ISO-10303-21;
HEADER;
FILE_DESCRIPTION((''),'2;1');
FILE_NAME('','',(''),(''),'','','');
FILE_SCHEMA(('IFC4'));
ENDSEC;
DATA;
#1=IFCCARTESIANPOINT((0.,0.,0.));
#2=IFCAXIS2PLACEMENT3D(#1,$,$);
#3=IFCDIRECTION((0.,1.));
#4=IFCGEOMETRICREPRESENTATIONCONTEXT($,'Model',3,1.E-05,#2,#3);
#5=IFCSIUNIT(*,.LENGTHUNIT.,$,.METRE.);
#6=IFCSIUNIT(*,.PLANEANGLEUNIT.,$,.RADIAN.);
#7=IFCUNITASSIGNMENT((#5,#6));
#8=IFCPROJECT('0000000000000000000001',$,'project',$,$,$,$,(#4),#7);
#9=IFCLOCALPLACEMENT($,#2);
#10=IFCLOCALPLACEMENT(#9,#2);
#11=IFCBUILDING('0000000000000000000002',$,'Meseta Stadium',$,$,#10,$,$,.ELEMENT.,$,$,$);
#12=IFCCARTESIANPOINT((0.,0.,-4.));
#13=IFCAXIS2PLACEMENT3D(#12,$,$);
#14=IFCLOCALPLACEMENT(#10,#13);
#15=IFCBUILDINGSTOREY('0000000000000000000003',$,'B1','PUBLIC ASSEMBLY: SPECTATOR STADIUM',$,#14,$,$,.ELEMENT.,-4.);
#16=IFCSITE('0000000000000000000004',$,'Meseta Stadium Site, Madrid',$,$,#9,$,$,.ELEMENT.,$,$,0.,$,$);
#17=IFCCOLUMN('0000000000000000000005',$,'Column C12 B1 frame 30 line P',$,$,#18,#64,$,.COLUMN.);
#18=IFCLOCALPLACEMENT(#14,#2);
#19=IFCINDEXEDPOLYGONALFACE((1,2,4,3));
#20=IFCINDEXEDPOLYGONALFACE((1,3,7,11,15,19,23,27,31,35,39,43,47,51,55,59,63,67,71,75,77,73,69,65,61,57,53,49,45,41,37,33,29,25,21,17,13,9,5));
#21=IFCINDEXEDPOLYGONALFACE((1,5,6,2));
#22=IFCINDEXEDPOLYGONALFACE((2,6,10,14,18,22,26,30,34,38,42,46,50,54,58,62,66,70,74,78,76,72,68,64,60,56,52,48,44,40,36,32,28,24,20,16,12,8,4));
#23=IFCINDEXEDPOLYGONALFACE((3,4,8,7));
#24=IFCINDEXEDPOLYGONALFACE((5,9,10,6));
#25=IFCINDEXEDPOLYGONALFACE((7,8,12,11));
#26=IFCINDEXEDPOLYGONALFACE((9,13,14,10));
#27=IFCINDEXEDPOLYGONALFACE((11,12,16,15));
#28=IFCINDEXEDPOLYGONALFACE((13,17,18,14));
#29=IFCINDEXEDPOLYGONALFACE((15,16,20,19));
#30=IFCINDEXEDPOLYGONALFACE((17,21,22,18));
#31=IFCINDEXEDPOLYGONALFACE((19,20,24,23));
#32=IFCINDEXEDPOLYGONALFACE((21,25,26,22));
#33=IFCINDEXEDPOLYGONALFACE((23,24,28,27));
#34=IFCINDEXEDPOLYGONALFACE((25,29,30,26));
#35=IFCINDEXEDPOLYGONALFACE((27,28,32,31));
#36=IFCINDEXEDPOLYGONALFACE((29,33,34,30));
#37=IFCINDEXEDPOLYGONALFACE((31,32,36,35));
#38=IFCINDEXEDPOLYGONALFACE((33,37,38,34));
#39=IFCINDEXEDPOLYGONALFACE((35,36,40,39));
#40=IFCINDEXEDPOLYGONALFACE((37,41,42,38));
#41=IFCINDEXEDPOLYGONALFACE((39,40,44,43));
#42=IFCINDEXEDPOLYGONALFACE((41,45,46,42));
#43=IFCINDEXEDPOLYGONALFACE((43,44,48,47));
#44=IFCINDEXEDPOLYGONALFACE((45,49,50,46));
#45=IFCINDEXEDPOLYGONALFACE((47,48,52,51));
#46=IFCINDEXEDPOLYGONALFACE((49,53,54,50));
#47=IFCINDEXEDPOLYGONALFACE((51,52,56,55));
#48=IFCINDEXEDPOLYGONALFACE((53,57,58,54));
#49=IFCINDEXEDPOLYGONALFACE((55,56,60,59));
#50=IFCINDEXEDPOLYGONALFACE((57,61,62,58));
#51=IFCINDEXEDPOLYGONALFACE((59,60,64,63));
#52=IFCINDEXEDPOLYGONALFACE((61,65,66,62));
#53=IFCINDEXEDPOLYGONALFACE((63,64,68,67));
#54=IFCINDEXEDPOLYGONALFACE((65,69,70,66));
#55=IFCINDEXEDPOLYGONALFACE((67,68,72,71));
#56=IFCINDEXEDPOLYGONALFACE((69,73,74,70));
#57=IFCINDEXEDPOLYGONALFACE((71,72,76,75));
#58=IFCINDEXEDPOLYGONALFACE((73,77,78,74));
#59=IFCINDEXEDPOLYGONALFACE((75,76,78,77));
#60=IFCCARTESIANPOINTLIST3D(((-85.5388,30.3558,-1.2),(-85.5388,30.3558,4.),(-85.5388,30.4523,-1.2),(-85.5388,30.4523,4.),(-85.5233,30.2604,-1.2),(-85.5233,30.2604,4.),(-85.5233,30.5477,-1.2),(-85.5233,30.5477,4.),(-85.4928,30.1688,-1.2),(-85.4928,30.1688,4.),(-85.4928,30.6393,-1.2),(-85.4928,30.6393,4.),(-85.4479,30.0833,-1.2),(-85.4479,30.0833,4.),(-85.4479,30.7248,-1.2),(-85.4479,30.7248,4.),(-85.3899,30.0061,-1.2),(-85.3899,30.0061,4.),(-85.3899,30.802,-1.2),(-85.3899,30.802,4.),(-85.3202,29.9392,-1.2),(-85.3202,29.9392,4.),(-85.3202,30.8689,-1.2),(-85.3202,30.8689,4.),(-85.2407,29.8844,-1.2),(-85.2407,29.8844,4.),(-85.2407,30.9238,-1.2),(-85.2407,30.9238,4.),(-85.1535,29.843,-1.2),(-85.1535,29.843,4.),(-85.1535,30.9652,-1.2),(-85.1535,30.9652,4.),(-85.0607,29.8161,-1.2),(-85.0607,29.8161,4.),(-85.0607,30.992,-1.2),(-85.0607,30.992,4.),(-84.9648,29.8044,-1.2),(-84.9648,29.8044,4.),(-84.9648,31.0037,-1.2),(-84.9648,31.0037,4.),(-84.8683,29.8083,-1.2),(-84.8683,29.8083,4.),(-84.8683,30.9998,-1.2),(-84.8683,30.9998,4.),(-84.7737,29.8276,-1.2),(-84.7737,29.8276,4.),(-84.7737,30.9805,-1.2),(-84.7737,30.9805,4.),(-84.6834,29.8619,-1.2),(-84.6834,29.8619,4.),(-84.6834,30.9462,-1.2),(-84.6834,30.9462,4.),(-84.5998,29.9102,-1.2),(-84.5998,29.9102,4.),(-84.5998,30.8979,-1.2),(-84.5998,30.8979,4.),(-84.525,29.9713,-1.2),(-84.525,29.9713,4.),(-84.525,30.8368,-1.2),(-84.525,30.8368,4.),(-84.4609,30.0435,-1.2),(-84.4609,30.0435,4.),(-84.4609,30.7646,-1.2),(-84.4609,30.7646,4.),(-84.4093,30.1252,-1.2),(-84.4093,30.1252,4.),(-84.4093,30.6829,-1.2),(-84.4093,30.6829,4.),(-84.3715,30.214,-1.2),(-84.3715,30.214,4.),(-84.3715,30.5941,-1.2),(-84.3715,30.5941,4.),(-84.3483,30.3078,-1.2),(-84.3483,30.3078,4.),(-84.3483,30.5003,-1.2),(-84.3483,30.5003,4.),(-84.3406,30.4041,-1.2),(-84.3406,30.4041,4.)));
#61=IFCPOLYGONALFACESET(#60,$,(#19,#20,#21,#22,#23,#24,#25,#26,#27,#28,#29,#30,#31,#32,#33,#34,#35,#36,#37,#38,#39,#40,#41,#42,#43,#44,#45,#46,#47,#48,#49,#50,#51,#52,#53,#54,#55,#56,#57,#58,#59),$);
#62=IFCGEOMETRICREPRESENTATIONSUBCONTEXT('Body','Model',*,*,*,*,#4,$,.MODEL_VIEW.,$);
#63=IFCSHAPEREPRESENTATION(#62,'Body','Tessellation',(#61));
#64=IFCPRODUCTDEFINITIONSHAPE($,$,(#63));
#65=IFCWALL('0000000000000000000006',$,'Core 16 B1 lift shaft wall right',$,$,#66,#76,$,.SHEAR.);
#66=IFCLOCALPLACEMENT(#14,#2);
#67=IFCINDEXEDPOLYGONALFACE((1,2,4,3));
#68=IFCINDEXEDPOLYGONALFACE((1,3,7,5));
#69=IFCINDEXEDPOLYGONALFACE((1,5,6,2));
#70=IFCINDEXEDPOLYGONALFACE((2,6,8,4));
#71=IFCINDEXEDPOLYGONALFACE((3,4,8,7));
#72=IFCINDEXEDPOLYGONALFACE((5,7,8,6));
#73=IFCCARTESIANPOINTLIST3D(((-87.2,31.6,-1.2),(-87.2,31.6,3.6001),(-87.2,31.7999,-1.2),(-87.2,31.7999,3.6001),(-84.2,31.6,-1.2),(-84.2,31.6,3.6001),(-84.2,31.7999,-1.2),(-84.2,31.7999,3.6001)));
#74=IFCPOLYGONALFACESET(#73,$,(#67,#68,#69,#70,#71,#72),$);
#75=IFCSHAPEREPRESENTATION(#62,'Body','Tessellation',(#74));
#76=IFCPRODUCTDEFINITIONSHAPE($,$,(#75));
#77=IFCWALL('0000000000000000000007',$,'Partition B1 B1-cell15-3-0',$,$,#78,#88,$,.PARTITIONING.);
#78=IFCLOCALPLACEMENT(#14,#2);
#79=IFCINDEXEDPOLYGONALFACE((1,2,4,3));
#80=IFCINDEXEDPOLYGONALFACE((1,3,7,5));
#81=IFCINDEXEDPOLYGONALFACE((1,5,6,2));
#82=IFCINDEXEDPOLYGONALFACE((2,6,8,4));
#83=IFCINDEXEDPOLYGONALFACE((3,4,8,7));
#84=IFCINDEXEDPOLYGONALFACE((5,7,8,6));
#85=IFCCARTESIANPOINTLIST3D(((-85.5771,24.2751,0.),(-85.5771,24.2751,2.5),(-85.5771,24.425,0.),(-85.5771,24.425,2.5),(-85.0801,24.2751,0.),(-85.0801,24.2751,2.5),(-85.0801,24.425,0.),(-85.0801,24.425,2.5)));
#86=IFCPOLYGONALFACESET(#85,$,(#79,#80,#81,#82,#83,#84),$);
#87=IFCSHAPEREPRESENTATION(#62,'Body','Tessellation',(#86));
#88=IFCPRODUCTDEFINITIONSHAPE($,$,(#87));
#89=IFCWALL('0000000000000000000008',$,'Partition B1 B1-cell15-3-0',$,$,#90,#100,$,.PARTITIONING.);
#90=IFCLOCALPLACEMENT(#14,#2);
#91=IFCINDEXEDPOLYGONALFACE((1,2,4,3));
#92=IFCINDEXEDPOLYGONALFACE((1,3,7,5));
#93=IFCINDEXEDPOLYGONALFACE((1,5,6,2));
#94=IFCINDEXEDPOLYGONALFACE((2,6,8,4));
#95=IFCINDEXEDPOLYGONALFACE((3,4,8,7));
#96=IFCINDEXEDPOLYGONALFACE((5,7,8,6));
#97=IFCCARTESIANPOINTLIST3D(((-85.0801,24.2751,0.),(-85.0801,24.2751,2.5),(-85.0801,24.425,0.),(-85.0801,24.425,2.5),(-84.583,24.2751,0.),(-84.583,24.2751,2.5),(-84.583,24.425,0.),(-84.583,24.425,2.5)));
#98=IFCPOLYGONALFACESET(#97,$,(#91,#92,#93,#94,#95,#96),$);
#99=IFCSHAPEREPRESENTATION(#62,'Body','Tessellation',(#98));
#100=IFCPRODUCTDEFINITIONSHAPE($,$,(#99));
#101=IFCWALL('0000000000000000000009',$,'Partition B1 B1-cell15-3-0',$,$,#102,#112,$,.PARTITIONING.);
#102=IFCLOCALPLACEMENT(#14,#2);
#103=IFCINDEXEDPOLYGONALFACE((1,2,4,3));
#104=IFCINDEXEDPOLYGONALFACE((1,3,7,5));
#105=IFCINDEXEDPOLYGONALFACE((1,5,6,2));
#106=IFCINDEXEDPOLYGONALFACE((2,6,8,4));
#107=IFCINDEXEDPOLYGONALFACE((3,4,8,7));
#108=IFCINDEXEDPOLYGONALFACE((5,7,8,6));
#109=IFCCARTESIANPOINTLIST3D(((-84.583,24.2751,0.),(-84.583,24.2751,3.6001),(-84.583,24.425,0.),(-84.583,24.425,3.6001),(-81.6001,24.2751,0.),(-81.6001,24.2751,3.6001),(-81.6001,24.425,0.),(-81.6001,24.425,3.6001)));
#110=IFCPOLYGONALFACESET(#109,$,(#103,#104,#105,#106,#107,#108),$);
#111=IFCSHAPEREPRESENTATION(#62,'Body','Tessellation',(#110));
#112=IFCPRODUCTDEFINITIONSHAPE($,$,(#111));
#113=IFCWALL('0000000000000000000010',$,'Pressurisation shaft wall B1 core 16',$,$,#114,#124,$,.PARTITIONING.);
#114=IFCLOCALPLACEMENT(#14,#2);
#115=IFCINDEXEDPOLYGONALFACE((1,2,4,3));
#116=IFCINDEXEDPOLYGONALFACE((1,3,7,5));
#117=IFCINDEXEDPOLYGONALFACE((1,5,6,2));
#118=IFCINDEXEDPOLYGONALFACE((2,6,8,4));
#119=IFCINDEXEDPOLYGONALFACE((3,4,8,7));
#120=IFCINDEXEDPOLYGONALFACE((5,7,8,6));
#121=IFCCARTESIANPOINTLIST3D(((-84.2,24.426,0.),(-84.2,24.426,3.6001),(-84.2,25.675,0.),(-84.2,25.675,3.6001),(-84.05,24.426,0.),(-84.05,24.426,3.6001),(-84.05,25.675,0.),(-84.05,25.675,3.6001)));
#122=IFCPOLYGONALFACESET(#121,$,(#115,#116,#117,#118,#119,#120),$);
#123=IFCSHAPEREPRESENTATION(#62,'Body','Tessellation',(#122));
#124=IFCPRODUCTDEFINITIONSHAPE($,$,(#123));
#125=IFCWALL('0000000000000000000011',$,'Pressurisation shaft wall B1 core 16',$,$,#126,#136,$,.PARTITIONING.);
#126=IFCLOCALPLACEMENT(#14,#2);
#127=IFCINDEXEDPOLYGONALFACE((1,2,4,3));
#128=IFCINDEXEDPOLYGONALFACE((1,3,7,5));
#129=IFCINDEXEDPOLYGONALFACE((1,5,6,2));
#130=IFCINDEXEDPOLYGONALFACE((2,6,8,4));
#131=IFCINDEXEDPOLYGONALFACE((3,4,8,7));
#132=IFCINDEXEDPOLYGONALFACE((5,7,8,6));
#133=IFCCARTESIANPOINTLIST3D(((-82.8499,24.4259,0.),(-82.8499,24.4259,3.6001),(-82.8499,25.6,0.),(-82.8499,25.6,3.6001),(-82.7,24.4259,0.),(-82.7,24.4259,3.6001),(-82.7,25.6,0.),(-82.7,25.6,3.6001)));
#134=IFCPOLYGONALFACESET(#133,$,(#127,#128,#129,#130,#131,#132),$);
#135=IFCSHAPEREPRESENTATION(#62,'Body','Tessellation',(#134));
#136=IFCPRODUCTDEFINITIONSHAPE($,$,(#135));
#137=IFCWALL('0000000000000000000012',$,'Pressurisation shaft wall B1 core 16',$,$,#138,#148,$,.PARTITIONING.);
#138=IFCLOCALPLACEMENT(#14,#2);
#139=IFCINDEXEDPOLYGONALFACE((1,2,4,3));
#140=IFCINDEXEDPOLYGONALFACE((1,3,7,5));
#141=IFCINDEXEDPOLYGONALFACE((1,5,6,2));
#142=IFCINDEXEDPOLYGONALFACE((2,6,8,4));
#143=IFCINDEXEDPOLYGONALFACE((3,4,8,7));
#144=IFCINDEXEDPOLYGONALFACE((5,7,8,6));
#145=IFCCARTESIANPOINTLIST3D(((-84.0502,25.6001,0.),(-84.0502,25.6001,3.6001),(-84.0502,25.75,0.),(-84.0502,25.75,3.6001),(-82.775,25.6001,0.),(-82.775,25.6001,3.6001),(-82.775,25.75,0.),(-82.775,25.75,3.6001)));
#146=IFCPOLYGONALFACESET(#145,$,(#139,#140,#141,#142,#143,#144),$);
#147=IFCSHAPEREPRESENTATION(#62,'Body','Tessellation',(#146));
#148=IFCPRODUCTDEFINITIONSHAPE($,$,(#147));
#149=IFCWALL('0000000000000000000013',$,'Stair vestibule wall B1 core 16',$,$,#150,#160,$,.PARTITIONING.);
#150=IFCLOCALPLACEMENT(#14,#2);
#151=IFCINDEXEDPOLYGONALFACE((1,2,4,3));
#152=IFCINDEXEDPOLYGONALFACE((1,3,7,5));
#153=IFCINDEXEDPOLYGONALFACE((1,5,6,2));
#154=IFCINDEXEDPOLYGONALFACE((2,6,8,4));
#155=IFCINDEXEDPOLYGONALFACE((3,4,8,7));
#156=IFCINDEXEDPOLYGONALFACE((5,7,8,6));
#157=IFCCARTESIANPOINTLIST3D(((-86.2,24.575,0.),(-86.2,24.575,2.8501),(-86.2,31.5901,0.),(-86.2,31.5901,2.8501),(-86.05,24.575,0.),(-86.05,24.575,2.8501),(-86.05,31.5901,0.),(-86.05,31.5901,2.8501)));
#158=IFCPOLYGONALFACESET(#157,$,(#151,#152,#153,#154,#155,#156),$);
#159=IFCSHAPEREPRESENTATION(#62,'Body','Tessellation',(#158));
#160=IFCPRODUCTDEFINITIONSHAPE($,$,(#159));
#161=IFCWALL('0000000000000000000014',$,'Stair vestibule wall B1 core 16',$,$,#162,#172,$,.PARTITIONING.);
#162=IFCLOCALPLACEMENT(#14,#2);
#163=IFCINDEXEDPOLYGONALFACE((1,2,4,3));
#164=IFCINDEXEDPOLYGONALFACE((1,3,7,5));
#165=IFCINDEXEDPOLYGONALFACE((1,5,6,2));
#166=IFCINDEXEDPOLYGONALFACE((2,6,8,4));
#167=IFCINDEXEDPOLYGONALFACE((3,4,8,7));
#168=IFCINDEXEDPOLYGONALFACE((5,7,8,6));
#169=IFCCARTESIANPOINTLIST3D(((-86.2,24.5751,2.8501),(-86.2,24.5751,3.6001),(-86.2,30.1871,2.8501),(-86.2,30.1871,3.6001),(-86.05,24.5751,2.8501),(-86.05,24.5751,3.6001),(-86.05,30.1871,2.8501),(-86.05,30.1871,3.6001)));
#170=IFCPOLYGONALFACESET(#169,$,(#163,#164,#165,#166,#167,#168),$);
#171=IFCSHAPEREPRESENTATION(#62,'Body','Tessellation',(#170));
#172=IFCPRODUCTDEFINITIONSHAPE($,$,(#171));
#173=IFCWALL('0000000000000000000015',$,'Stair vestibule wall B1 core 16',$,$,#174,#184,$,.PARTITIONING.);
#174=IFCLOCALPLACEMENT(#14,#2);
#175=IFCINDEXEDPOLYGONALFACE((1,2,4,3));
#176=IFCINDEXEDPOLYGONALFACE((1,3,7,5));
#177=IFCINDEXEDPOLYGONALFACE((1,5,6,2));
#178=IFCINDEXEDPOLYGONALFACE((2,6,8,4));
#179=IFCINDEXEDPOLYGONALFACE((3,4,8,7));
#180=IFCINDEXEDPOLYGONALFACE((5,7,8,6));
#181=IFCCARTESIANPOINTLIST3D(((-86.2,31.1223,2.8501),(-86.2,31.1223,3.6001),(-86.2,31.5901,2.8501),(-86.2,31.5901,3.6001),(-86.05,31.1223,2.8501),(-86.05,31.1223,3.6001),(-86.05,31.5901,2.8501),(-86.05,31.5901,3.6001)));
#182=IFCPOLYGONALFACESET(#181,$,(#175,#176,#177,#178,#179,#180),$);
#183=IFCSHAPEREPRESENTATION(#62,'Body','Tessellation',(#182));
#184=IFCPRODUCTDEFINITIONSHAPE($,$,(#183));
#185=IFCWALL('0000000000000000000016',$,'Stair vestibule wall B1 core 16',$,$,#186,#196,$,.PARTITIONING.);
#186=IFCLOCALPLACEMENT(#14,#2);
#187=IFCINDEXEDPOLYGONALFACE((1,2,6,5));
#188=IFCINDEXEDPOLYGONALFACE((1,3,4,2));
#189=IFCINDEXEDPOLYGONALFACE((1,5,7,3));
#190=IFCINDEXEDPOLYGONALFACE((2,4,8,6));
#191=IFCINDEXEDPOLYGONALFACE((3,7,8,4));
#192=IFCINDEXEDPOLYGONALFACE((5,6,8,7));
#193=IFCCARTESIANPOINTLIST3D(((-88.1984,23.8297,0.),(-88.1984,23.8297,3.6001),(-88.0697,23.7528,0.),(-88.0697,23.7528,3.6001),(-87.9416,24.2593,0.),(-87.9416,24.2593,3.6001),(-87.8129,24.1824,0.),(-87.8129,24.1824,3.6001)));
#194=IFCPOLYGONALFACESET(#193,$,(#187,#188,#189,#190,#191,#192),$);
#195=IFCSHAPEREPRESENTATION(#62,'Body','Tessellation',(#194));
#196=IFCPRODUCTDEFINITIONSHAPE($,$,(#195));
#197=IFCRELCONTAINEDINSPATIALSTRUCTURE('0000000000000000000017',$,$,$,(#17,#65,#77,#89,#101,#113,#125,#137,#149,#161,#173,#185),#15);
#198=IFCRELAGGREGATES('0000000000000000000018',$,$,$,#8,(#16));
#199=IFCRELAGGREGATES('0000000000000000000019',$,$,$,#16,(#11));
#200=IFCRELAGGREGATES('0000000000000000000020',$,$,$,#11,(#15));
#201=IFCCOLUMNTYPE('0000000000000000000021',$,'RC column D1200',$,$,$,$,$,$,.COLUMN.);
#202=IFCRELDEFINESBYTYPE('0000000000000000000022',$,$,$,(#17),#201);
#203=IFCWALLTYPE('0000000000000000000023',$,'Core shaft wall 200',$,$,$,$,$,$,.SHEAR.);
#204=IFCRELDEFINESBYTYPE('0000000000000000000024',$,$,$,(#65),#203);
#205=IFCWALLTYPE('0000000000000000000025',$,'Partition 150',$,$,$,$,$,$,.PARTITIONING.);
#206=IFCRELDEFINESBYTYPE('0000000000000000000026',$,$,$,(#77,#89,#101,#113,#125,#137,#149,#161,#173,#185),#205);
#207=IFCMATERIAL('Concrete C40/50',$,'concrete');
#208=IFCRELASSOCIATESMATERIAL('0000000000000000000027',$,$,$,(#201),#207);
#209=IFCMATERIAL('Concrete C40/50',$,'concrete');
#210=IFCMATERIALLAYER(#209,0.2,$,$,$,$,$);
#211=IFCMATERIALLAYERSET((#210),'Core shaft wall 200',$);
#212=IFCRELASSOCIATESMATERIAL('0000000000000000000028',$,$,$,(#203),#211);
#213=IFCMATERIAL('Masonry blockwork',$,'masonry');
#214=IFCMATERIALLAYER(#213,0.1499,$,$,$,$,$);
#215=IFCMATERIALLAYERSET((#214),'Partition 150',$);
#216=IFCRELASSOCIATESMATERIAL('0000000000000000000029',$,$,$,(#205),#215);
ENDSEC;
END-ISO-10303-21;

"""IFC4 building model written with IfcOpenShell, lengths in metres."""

from ifc_helpers import new_model, si_unit, direction, frame, frame_2d, origin, origin_2d, place, context, subcontext, project, spatial, rectangle, circle, extrude, material, layer, layer_set, material_profile, profile_set, type_object, element, save


model = new_model("IFC4")

# Units and contexts
model_context = context("Model", 3, precision=1e-05, world=origin(), true_north=direction((0.0, 1.0)))
body_context = subcontext(model_context, "Body", "Model", "MODEL_VIEW")
ifc_project = project(units=[si_unit("LENGTHUNIT", "METRE"), si_unit("PLANEANGLEUNIT", "RADIAN")], contexts=[model_context])

# Site, building, storey
site_placement = place(None, origin())
site = spatial("IfcSite", under=ifc_project, at=site_placement, Name="Meseta Stadium Site, Madrid", CompositionType="ELEMENT", RefElevation=0.0)
building_placement = place(site_placement, origin())
building = spatial("IfcBuilding", under=site, at=building_placement, Name="Meseta Stadium", CompositionType="ELEMENT")
storey_placement = place(building_placement, frame((0.0, 0.0, -4.0)))
storey = spatial("IfcBuildingStorey", under=building, at=storey_placement, Name="B1", Description="PUBLIC ASSEMBLY: SPECTATOR STADIUM", CompositionType="ELEMENT", Elevation=-4.0)

# Column
ifc_material_1 = material(Name="Concrete C40/50", Category="concrete")
ifc_material_profile_1 = material_profile(ifc_material_1, circle(Radius=0.6001, at=origin_2d()), Name="RC D1200")
ifc_profile_set_1 = profile_set([ifc_material_profile_1], Name="Concrete C40/50")
column_type_1 = type_object("IfcColumnType", Name="RC column D1200", PredefinedType="COLUMN", material=ifc_profile_set_1)
column_1_placement = place(storey_placement, frame((-84.9407, 30.4041, -1.2), z_axis=(0.0, 0.0, 1.0), x_axis=(1.0, 0.0, 0.0)))
element("IfcColumn", 1, at=column_1_placement, inside=storey, type_object=column_type_1, Name="Column C12 B1 frame 30 line P", PredefinedType="COLUMN", context=body_context, shape_type="SweptSolid", body=[
    extrude(circle(Radius=0.6001, at=origin_2d()), origin(), (0.0, 0.0, 1.0), 5.2),
])

# Walls
ifc_material_2 = material(Name="Concrete C40/50", Category="concrete")
ifc_layer_1 = layer(ifc_material_2, 0.2)
ifc_layer_set_1 = layer_set([ifc_layer_1], Name="Core shaft wall 200")
wall_type_1 = type_object("IfcWallType", Name="Core shaft wall 200", PredefinedType="SHEAR", material=ifc_layer_set_1)
wall_1_placement = place(storey_placement, frame((-87.2, 31.7, -1.2), z_axis=(0.0, 0.0, 1.0), x_axis=(1.0, 0.0, 0.0)))
element("IfcWall", 2, at=wall_1_placement, inside=storey, type_object=wall_type_1, Name="Core 16 B1 lift shaft wall right", PredefinedType="SHEAR", context=body_context, shape_type="SweptSolid", body=[
    extrude(rectangle(XDim=3.0, YDim=0.2, at=frame_2d((1.5, 0.0))), origin(), (0.0, 0.0, 1.0), 4.8),
])
ifc_material_3 = material(Name="Masonry blockwork", Category="masonry")
ifc_layer_2 = layer(ifc_material_3, 0.1499)
ifc_layer_set_2 = layer_set([ifc_layer_2], Name="Partition 150")
wall_type_2 = type_object("IfcWallType", Name="Partition 150", PredefinedType="PARTITIONING", material=ifc_layer_set_2)
for number, where, z_axis, x_axis, name in (
    (3, (-85.5771, 24.3501, 0.0), (0.0, 0.0, 1.0), (1.0, 0.0, 0.0), "Partition B1 B1-cell15-3-0"),
    (4, (-85.0801, 24.3501, 0.0), (0.0, 0.0, 1.0), (1.0, 0.0, 0.0), "Partition B1 B1-cell15-3-0"),
):
    element("IfcWall", number, at=place(storey_placement, frame(where, z_axis=z_axis, x_axis=x_axis)), inside=storey, type_object=wall_type_2, Name=name, PredefinedType="PARTITIONING", context=body_context, shape_type="SweptSolid", body=[
        extrude(rectangle(XDim=0.4971, YDim=0.1499, at=frame_2d((0.2485, 0.0))), origin(), (0.0, 0.0, 1.0), 2.5),
    ])
wall_2_placement = place(storey_placement, frame((-84.583, 24.3501, 0.0), z_axis=(0.0, 0.0, 1.0), x_axis=(1.0, 0.0, 0.0)))
element("IfcWall", 5, at=wall_2_placement, inside=storey, type_object=wall_type_2, Name="Partition B1 B1-cell15-3-0", PredefinedType="PARTITIONING", context=body_context, shape_type="SweptSolid", body=[
    extrude(rectangle(XDim=2.9829, YDim=0.1499, at=frame_2d((1.4915, 0.0))), origin(), (0.0, 0.0, 1.0), 3.6001),
])
wall_3_placement = place(storey_placement, frame((-84.125, 25.675, 0.0), z_axis=(0.0, 0.0, 1.0), x_axis=(0.0, -1.0, 0.0)))
element("IfcWall", 6, at=wall_3_placement, inside=storey, type_object=wall_type_2, Name="Pressurisation shaft wall B1 core 16", PredefinedType="PARTITIONING", context=body_context, shape_type="SweptSolid", body=[
    extrude(rectangle(XDim=1.249, YDim=0.1499, at=frame_2d((0.6245, 0.0))), origin(), (0.0, 0.0, 1.0), 3.6001),
])
wall_4_placement = place(storey_placement, frame((-82.7749, 24.426, 0.0), z_axis=(0.0, 0.0, 1.0), x_axis=(0.0, 1.0, 0.0)))
element("IfcWall", 7, at=wall_4_placement, inside=storey, type_object=wall_type_2, Name="Pressurisation shaft wall B1 core 16", PredefinedType="PARTITIONING", context=body_context, shape_type="SweptSolid", body=[
    extrude(rectangle(XDim=1.1741, YDim=0.1499, at=frame_2d((0.5869, 0.0))), origin(), (0.0, 0.0, 1.0), 3.6001),
])
wall_5_placement = place(storey_placement, frame((-82.7749, 25.675, 0.0), z_axis=(0.0, 0.0, 1.0), x_axis=(-1.0, 0.0, 0.0)))
element("IfcWall", 8, at=wall_5_placement, inside=storey, type_object=wall_type_2, Name="Pressurisation shaft wall B1 core 16", PredefinedType="PARTITIONING", context=body_context, shape_type="SweptSolid", body=[
    extrude(rectangle(XDim=1.2751, YDim=0.1499, at=frame_2d((0.6377, 0.0))), origin(), (0.0, 0.0, 1.0), 3.6001),
])
wall_6_placement = place(storey_placement, frame((-86.125, 24.575, 0.0), z_axis=(0.0, 0.0, 1.0), x_axis=(0.0, 1.0, 0.0)))
element("IfcWall", 9, at=wall_6_placement, inside=storey, type_object=wall_type_2, Name="Stair vestibule wall B1 core 16", PredefinedType="PARTITIONING", context=body_context, shape_type="SweptSolid", body=[
    extrude(rectangle(XDim=7.0151, YDim=0.1499, at=frame_2d((3.5076, 0.0))), origin(), (0.0, 0.0, 1.0), 2.8501),
])
wall_7_placement = place(storey_placement, frame((-86.125, 24.575, 2.8501), z_axis=(0.0, 0.0, 1.0), x_axis=(0.0, 1.0, 0.0)))
element("IfcWall", 10, at=wall_7_placement, inside=storey, type_object=wall_type_2, Name="Stair vestibule wall B1 core 16", PredefinedType="PARTITIONING", context=body_context, shape_type="SweptSolid", body=[
    extrude(rectangle(XDim=5.6121, YDim=0.1499, at=frame_2d((2.8062, 0.0))), origin(), (0.0, 0.0, 1.0), 0.75),
])
wall_8_placement = place(storey_placement, frame((-86.125, 31.1223, 2.8501), z_axis=(0.0, 0.0, 1.0), x_axis=(0.0, 1.0, 0.0)))
element("IfcWall", 11, at=wall_8_placement, inside=storey, type_object=wall_type_2, Name="Stair vestibule wall B1 core 16", PredefinedType="PARTITIONING", context=body_context, shape_type="SweptSolid", body=[
    extrude(rectangle(XDim=0.4678, YDim=0.1499, at=frame_2d((0.2339, 0.0))), origin(), (0.0, 0.0, 1.0), 0.75),
])
wall_9_placement = place(storey_placement, frame((-88.134, 23.7913, 0.0), z_axis=(0.0, 0.0, 1.0), x_axis=(0.513061, 0.858352, 0.0)))
element("IfcWall", 12, at=wall_9_placement, inside=storey, type_object=wall_type_2, Name="Stair vestibule wall B1 core 16", PredefinedType="PARTITIONING", context=body_context, shape_type="SweptSolid", body=[
    extrude(rectangle(XDim=0.5005, YDim=0.1499, at=frame_2d((0.2502, 0.0))), origin(), (0.0, 0.0, 1.0), 3.6001),
])

save(model, "model.ifc")
